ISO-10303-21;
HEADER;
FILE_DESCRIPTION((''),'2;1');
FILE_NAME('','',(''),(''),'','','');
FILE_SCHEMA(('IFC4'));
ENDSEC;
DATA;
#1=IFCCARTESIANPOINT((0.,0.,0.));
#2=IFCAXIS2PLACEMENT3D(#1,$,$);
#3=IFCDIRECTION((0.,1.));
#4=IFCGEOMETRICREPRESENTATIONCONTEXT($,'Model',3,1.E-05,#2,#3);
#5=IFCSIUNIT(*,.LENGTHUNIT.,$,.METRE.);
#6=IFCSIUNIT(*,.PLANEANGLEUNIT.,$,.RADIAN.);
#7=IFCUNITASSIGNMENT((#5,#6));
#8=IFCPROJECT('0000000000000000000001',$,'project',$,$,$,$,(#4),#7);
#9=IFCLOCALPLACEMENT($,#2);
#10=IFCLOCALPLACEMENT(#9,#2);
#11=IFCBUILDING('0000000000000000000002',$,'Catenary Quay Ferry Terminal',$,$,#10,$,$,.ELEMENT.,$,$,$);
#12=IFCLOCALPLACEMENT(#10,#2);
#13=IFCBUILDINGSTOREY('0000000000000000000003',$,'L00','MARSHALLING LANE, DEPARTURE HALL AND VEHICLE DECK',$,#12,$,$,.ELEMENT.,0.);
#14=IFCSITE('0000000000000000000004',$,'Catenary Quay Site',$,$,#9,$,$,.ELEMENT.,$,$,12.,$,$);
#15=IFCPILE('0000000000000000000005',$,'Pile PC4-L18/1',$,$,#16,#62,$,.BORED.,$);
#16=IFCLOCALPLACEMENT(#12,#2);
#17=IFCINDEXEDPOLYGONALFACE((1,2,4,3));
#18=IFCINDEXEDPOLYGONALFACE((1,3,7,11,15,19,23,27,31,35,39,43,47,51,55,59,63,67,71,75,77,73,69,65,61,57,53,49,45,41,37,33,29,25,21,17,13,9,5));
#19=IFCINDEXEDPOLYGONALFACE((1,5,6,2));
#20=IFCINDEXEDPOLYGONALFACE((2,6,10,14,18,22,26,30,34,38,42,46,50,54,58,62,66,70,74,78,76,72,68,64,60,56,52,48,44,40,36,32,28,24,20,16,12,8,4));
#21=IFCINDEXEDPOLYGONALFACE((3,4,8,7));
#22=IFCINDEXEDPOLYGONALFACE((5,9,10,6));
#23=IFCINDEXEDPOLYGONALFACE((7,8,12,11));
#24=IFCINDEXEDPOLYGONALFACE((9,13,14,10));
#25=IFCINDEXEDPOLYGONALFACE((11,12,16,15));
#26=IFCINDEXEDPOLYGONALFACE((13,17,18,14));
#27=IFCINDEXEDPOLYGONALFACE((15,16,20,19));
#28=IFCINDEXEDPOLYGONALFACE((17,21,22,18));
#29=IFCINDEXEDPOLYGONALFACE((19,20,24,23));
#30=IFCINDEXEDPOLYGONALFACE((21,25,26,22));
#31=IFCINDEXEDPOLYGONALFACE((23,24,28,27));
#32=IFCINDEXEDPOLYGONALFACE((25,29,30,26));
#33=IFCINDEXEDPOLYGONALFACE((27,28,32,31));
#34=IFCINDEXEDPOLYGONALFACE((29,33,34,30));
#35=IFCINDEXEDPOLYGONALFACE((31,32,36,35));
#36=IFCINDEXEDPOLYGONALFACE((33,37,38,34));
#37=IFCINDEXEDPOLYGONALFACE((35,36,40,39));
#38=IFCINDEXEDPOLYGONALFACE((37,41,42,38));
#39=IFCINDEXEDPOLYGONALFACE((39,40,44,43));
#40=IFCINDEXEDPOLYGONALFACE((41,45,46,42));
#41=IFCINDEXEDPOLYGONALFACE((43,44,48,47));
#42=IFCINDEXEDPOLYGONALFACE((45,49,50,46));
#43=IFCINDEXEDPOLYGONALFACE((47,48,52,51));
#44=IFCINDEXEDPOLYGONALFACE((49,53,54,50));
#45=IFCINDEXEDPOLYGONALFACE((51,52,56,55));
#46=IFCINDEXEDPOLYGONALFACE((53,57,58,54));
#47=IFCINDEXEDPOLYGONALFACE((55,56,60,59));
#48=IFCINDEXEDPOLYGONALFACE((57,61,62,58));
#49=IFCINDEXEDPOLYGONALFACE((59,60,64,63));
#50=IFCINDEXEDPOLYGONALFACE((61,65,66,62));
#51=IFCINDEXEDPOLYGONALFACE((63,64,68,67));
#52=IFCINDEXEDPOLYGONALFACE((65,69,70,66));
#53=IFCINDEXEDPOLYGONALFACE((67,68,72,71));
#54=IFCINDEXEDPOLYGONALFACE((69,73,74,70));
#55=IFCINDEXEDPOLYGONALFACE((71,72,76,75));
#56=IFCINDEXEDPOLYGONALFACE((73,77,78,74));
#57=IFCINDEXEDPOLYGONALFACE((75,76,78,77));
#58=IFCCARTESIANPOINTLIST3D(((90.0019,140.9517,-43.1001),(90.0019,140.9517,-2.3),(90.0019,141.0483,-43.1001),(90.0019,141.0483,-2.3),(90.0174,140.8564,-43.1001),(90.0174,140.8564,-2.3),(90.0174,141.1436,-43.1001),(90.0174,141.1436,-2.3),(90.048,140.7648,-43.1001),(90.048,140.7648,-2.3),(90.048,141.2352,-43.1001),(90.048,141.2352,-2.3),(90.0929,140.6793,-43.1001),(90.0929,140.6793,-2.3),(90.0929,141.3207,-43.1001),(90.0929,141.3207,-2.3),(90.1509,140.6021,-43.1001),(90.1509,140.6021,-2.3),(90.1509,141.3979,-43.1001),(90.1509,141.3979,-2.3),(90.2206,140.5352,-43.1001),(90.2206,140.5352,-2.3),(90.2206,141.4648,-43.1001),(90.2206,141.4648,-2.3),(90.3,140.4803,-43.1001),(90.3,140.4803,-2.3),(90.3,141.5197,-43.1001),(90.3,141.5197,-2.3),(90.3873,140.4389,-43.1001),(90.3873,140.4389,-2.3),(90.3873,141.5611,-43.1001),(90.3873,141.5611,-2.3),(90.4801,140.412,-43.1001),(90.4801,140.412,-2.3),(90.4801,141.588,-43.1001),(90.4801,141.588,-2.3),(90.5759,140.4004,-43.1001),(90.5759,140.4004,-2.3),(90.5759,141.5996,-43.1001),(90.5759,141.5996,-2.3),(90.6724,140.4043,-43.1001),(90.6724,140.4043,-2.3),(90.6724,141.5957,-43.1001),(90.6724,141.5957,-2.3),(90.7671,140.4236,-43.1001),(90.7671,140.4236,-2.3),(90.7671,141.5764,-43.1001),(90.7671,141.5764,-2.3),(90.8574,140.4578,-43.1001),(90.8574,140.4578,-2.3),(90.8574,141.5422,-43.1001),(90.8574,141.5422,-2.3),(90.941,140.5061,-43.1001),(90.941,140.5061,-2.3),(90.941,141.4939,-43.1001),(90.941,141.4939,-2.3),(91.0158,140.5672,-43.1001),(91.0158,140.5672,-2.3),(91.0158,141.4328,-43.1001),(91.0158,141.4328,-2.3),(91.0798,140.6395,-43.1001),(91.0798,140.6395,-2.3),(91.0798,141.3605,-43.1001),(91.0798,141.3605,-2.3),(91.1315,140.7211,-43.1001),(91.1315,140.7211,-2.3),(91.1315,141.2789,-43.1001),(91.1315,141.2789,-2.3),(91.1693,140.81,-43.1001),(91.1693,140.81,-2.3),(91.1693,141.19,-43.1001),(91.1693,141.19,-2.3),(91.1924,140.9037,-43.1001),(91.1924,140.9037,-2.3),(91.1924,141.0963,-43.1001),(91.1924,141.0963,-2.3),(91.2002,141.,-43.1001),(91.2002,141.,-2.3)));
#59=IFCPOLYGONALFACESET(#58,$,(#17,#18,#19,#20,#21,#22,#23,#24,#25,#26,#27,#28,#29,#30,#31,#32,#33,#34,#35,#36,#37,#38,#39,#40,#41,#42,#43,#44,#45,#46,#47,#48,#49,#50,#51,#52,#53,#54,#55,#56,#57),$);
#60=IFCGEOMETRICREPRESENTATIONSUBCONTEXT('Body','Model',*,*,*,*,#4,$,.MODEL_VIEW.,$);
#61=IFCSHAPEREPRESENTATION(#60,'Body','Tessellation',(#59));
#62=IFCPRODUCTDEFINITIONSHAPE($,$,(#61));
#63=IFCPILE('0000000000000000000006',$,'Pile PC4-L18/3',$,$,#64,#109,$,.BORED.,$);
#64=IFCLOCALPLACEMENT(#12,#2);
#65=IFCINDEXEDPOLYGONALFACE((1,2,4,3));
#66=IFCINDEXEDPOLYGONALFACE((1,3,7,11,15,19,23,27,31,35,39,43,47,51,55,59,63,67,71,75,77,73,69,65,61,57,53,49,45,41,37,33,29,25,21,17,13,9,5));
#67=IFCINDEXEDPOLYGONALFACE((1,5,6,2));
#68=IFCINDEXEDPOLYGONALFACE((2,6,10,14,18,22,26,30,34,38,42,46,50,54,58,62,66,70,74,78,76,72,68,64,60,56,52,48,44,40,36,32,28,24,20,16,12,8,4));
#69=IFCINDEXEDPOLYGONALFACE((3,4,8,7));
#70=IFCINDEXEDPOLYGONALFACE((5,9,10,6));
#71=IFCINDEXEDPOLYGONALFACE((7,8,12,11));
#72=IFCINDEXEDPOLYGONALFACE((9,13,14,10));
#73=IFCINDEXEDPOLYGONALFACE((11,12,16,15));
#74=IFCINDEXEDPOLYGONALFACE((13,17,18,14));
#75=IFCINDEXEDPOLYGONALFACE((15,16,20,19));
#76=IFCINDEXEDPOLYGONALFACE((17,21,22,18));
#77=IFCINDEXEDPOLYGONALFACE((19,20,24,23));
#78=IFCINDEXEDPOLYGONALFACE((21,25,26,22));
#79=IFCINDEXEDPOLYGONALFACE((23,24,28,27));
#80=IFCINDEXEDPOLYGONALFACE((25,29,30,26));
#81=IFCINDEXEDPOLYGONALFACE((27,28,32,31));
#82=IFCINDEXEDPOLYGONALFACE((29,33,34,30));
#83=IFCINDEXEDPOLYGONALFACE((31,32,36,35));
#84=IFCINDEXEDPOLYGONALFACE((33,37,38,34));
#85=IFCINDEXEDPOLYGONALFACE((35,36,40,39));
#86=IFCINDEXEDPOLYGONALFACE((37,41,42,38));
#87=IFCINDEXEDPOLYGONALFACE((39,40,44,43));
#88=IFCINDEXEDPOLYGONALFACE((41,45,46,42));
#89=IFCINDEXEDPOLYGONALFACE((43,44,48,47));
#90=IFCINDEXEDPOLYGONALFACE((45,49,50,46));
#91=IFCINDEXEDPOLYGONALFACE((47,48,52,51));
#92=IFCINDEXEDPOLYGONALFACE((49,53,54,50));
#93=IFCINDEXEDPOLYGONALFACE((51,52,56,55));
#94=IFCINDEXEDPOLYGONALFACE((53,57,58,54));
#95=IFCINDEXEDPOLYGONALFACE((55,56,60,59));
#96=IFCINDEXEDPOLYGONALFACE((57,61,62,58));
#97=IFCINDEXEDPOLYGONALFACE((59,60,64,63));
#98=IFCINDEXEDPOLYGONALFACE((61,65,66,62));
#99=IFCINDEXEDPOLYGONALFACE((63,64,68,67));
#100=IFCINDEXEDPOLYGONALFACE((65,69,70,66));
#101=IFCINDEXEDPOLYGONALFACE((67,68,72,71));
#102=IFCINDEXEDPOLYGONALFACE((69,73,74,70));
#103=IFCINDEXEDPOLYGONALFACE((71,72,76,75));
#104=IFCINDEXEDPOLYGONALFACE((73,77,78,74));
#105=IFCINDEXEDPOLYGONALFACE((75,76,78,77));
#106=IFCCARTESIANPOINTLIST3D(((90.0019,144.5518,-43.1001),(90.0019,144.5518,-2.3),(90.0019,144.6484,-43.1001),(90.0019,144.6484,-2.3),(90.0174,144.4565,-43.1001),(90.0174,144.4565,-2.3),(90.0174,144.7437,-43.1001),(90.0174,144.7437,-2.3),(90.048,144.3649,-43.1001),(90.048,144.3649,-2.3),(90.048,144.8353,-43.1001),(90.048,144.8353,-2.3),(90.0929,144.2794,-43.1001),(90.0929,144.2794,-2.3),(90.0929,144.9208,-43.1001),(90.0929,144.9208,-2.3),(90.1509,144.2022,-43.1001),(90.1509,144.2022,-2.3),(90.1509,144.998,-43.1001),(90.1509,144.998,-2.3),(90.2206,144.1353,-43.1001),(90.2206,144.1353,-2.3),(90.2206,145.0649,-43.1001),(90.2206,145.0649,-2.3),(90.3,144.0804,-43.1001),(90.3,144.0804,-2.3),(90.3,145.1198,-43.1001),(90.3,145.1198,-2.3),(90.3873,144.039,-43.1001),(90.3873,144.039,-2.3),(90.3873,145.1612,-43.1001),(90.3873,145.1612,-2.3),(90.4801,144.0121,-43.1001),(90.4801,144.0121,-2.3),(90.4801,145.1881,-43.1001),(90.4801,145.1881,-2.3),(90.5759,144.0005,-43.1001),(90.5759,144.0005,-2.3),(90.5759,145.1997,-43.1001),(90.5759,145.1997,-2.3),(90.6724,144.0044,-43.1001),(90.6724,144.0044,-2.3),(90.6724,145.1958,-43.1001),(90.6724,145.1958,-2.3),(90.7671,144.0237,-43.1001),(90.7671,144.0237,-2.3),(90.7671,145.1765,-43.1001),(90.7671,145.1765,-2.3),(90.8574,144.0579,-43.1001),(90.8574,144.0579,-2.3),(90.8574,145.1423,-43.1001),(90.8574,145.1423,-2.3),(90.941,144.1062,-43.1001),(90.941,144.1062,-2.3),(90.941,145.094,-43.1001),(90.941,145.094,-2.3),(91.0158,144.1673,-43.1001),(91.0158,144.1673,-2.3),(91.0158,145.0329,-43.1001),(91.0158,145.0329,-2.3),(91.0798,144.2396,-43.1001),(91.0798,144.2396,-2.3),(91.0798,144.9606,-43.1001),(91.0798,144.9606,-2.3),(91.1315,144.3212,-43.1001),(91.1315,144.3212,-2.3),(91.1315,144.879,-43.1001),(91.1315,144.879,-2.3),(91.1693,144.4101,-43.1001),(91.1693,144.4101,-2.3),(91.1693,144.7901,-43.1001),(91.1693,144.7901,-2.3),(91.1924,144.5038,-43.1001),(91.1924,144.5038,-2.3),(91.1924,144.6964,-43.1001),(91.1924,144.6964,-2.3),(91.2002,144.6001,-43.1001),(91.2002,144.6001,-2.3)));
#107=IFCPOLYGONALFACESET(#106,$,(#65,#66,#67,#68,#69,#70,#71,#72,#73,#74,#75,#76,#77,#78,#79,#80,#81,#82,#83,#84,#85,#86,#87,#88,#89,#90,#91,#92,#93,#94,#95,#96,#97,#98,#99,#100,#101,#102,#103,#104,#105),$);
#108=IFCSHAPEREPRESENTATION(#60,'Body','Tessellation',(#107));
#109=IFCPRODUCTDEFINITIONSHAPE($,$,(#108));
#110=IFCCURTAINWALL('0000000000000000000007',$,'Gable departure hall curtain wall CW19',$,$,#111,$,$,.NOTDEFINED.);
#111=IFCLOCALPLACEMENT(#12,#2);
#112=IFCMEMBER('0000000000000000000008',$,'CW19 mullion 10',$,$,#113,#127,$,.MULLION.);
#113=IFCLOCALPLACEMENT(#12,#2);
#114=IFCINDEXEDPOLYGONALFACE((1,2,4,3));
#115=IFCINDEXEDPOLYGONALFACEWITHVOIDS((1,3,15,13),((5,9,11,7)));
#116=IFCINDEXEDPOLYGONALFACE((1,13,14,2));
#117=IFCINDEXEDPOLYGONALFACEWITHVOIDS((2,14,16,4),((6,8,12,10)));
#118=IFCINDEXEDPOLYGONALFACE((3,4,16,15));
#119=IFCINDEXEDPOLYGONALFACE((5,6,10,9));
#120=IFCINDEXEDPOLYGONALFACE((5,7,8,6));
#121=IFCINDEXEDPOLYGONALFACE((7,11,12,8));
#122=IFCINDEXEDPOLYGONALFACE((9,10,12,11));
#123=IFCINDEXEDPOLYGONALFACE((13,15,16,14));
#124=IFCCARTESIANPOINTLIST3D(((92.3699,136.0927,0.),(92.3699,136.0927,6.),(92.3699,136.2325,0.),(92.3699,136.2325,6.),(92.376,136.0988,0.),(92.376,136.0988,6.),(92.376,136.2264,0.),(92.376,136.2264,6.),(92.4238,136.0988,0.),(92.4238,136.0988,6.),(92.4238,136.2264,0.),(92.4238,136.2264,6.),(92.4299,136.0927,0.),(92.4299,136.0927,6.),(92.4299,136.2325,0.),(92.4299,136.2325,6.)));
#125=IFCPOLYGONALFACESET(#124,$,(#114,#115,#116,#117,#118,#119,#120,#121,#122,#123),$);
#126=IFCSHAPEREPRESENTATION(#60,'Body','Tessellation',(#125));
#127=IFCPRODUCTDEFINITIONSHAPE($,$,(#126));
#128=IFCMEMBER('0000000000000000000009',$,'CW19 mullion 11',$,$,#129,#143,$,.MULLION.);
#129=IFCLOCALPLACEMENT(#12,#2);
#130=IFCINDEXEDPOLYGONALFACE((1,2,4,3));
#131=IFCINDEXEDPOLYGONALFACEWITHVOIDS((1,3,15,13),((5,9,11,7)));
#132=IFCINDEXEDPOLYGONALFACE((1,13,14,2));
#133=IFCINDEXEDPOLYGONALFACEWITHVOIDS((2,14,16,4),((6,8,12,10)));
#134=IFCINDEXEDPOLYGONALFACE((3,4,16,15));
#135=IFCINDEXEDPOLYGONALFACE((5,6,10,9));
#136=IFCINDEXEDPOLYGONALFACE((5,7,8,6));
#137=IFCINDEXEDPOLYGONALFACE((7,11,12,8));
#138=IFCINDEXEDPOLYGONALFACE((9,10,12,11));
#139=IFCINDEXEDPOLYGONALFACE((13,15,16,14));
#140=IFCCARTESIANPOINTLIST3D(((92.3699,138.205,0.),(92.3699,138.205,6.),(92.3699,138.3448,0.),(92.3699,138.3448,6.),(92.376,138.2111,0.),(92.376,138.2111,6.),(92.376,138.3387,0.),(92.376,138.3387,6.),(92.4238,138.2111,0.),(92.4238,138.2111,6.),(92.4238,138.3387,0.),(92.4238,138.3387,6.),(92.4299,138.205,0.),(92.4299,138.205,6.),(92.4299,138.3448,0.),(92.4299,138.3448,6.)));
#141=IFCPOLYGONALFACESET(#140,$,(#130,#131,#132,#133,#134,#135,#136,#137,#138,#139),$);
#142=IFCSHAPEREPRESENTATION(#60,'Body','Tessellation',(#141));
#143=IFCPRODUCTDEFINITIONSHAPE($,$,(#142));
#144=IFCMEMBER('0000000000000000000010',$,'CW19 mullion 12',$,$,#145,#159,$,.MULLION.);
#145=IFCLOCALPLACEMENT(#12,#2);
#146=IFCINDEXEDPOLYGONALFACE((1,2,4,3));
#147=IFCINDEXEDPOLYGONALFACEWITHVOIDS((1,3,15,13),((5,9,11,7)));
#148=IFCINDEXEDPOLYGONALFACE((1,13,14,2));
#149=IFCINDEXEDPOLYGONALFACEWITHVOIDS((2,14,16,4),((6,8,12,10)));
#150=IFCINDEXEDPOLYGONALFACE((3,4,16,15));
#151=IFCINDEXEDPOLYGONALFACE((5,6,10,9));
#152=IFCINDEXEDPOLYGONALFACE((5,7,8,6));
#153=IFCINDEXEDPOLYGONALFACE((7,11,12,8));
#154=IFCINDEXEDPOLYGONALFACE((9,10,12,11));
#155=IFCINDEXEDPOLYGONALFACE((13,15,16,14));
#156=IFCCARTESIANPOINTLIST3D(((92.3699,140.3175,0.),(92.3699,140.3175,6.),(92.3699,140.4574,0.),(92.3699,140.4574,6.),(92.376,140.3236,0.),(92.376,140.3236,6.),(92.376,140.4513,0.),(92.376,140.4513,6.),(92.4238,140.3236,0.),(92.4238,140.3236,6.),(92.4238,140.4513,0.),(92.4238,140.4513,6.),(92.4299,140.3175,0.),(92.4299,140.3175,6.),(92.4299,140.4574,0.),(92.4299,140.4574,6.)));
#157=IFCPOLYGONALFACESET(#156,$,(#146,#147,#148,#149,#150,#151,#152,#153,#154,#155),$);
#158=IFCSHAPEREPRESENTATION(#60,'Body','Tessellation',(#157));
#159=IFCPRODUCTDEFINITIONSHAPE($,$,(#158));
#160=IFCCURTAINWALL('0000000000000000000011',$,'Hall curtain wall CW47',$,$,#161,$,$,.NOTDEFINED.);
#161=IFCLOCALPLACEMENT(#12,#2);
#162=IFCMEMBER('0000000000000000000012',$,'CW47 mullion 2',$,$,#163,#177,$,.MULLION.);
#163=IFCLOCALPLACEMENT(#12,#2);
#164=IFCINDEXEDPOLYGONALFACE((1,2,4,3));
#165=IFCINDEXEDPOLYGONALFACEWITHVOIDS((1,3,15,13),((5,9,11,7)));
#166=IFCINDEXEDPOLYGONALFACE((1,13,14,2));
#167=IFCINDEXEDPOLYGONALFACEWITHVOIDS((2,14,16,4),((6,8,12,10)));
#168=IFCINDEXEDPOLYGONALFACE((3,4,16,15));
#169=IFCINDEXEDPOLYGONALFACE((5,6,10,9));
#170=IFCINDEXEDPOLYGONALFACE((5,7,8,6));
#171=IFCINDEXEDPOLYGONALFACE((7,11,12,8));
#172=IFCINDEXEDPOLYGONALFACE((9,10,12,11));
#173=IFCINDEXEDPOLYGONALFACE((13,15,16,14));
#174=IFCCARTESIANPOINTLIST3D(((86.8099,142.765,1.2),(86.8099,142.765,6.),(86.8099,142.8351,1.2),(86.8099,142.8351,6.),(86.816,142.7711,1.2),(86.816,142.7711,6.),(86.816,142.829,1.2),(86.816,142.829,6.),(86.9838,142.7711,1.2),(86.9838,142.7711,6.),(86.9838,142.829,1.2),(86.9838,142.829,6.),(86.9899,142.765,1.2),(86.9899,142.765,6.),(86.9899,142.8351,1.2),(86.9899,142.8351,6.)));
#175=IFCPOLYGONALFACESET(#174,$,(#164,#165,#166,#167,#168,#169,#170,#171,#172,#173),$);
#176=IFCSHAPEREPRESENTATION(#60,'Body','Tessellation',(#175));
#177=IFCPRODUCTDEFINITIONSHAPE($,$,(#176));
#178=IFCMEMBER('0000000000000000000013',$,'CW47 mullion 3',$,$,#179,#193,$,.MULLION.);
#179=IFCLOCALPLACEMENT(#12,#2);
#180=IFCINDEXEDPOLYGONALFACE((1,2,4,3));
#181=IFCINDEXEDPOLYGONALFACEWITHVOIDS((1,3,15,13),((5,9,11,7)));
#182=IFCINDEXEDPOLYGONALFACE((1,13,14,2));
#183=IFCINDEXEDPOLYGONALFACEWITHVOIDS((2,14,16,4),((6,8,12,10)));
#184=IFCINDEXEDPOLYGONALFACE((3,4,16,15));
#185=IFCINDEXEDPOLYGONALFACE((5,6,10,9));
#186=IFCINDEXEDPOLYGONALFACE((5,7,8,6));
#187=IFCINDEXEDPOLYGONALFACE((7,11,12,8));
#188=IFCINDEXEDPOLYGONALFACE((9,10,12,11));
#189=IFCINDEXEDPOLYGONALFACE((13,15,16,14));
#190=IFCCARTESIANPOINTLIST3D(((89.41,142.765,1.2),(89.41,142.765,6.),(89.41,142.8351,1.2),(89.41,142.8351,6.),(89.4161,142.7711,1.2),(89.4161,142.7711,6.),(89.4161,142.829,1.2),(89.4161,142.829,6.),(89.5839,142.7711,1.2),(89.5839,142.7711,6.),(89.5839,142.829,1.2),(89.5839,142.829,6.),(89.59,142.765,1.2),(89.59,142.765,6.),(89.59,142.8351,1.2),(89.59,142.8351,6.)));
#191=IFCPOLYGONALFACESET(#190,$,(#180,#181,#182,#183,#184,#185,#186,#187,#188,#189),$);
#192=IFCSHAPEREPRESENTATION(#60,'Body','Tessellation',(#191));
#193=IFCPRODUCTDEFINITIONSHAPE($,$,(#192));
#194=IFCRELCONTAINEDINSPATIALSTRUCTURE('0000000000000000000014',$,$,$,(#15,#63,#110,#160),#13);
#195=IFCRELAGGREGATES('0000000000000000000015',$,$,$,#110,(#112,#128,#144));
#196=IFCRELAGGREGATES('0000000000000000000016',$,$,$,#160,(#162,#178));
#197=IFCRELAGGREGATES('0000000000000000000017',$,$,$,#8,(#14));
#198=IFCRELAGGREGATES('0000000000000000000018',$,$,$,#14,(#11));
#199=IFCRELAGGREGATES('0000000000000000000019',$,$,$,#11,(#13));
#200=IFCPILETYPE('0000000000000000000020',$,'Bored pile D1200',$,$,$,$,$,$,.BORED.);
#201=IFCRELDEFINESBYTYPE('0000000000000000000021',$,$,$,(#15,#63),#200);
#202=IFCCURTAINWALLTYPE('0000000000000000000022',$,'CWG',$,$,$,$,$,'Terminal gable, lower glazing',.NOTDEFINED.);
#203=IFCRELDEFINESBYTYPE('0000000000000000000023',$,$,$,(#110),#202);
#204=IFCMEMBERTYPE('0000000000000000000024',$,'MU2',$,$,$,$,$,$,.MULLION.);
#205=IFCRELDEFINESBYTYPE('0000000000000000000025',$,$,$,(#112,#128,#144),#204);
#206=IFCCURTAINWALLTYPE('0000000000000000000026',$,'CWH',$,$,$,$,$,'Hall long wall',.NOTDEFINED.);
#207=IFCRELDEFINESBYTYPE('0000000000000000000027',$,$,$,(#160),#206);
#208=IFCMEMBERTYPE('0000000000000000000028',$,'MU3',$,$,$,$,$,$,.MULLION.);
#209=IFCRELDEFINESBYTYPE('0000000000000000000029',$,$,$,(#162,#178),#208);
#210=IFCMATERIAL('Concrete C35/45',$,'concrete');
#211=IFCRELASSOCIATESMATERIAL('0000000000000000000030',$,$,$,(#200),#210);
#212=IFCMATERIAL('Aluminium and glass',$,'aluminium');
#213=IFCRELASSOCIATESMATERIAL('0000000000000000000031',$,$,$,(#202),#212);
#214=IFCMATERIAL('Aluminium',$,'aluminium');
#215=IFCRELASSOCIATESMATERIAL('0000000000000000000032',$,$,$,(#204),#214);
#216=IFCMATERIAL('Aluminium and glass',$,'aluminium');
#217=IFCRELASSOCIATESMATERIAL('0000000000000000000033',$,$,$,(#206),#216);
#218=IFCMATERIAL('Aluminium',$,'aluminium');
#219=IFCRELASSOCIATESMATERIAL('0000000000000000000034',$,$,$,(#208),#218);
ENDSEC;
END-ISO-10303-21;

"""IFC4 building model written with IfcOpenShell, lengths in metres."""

from ifc_helpers import new_model, si_unit, direction, frame, origin, origin_2d, place, context, subcontext, project, spatial, hollow_rectangle, circle, extrude, material, material_profile, profile_set, type_object, element, aggregate, save


model = new_model("IFC4")

# Units and contexts
model_context = context("Model", 3, precision=1e-05, world=origin(), true_north=direction((0.0, 1.0)))
body_context = subcontext(model_context, "Body", "Model", "MODEL_VIEW")
ifc_project = project(units=[si_unit("LENGTHUNIT", "METRE"), si_unit("PLANEANGLEUNIT", "RADIAN")], contexts=[model_context])

# Site, building, storey
site_placement = place(None, origin())
site = spatial("IfcSite", under=ifc_project, at=site_placement, Name="Catenary Quay Site", CompositionType="ELEMENT", RefElevation=12.0)
building_placement = place(site_placement, origin())
building = spatial("IfcBuilding", under=site, at=building_placement, Name="Catenary Quay Ferry Terminal", CompositionType="ELEMENT")
storey_placement = place(building_placement, origin())
storey = spatial("IfcBuildingStorey", under=building, at=storey_placement, Name="L00", Description="MARSHALLING LANE, DEPARTURE HALL AND VEHICLE DECK", CompositionType="ELEMENT", Elevation=0.0)

# Piles
ifc_material_1 = material(Name="Concrete C35/45", Category="concrete")
ifc_material_profile_1 = material_profile(ifc_material_1, circle(Radius=0.6001, at=origin_2d()), Name="D1200")
ifc_profile_set_1 = profile_set([ifc_material_profile_1], Name="Concrete C35/45")
pile_type = type_object("IfcPileType", Name="Bored pile D1200", PredefinedType="BORED", material=ifc_profile_set_1)
for number, where, z_axis, x_axis, name in (
    (1, (90.6001, 141.0, -2.3), (0.0, 0.0, -1.0), (1.0, 0.0, 0.0), "Pile PC4-L18/1"),
    (2, (90.6001, 144.6001, -2.3), (0.0, 0.0, -1.0), (1.0, 0.0, 0.0), "Pile PC4-L18/3"),
):
    element("IfcPile", number, at=place(storey_placement, frame(where, z_axis=z_axis, x_axis=x_axis)), inside=storey, type_object=pile_type, Name=name, PredefinedType="BORED", context=body_context, shape_type="SweptSolid", body=[
        extrude(circle(Radius=0.6001, at=origin_2d()), origin(), (0.0, 0.0, 1.0), 40.8),
    ])

# Curtain walls, members
ifc_material_2 = material(Name="Aluminium and glass", Category="aluminium")
curtain_wall_type_1 = type_object("IfcCurtainWallType", Name="CWG", ElementType="Terminal gable, lower glazing", PredefinedType="NOTDEFINED", material=ifc_material_2)
curtain_wall_1_placement = place(storey_placement, origin())
curtain_wall_1 = element("IfcCurtainWall", 3, at=curtain_wall_1_placement, inside=storey, type_object=curtain_wall_type_1, Name="Gable departure hall curtain wall CW19", PredefinedType="NOTDEFINED")
ifc_material_3 = material(Name="Aluminium", Category="aluminium")
ifc_material_profile_2 = material_profile(ifc_material_3, hollow_rectangle(XDim=0.0601, YDim=0.1399, WallThickness=0.0061, at=origin_2d()), Name="MU2")
ifc_profile_set_2 = profile_set([ifc_material_profile_2], Name="Aluminium")
member_type_1 = type_object("IfcMemberType", Name="MU2", PredefinedType="MULLION", material=ifc_profile_set_2)
member_1_placement = place(storey_placement, frame((92.3999, 136.1626, 0.0), z_axis=(0.0, 0.0, 1.0), x_axis=(-1.0, 0.0, 0.0)))
member_1 = element("IfcMember", 4, at=member_1_placement, type_object=member_type_1, Name="CW19 mullion 10", PredefinedType="MULLION", context=body_context, shape_type="SweptSolid", body=[
    extrude(hollow_rectangle(XDim=0.0601, YDim=0.1399, WallThickness=0.0061, at=origin_2d()), origin(), (0.0, 0.0, 1.0), 6.0),
])
member_2_placement = place(storey_placement, frame((92.3999, 138.2749, 0.0), z_axis=(0.0, 0.0, 1.0), x_axis=(-1.0, 0.0, 0.0)))
member_2 = element("IfcMember", 5, at=member_2_placement, type_object=member_type_1, Name="CW19 mullion 11", PredefinedType="MULLION", context=body_context, shape_type="SweptSolid", body=[
    extrude(hollow_rectangle(XDim=0.0601, YDim=0.1399, WallThickness=0.0061, at=origin_2d()), origin(), (0.0, 0.0, 1.0), 6.0),
])
member_3_placement = place(storey_placement, frame((92.3999, 140.3875, 0.0), z_axis=(0.0, 0.0, 1.0), x_axis=(-1.0, 0.0, 0.0)))
member_3 = element("IfcMember", 6, at=member_3_placement, type_object=member_type_1, Name="CW19 mullion 12", PredefinedType="MULLION", context=body_context, shape_type="SweptSolid", body=[
    extrude(hollow_rectangle(XDim=0.0601, YDim=0.1399, WallThickness=0.0061, at=origin_2d()), origin(), (0.0, 0.0, 1.0), 6.0),
])
ifc_material_4 = material(Name="Aluminium and glass", Category="aluminium")
curtain_wall_type_2 = type_object("IfcCurtainWallType", Name="CWH", ElementType="Hall long wall", PredefinedType="NOTDEFINED", material=ifc_material_4)
curtain_wall_2_placement = place(storey_placement, origin())
curtain_wall_2 = element("IfcCurtainWall", 7, at=curtain_wall_2_placement, inside=storey, type_object=curtain_wall_type_2, Name="Hall curtain wall CW47", PredefinedType="NOTDEFINED")
ifc_material_5 = material(Name="Aluminium", Category="aluminium")
ifc_material_profile_3 = material_profile(ifc_material_5, hollow_rectangle(XDim=0.0701, YDim=0.1799, WallThickness=0.0061, at=origin_2d()), Name="MU3")
ifc_profile_set_3 = profile_set([ifc_material_profile_3], Name="Aluminium")
member_type_2 = type_object("IfcMemberType", Name="MU3", PredefinedType="MULLION", material=ifc_profile_set_3)
member_4_placement = place(storey_placement, frame((86.8999, 142.8, 1.2), z_axis=(0.0, 0.0, 1.0), x_axis=(0.0, 1.0, 0.0)))
member_4 = element("IfcMember", 8, at=member_4_placement, type_object=member_type_2, Name="CW47 mullion 2", PredefinedType="MULLION", context=body_context, shape_type="SweptSolid", body=[
    extrude(hollow_rectangle(XDim=0.0701, YDim=0.1799, WallThickness=0.0061, at=origin_2d()), origin(), (0.0, 0.0, 1.0), 4.8),
])
member_5_placement = place(storey_placement, frame((89.5, 142.8, 1.2), z_axis=(0.0, 0.0, 1.0), x_axis=(0.0, 1.0, 0.0)))
member_5 = element("IfcMember", 9, at=member_5_placement, type_object=member_type_2, Name="CW47 mullion 3", PredefinedType="MULLION", context=body_context, shape_type="SweptSolid", body=[
    extrude(hollow_rectangle(XDim=0.0701, YDim=0.1799, WallThickness=0.0061, at=origin_2d()), origin(), (0.0, 0.0, 1.0), 4.8),
])

aggregate(curtain_wall_1, [member_1, member_2, member_3])
aggregate(curtain_wall_2, [member_4, member_5])

save(model, "model.ifc")
